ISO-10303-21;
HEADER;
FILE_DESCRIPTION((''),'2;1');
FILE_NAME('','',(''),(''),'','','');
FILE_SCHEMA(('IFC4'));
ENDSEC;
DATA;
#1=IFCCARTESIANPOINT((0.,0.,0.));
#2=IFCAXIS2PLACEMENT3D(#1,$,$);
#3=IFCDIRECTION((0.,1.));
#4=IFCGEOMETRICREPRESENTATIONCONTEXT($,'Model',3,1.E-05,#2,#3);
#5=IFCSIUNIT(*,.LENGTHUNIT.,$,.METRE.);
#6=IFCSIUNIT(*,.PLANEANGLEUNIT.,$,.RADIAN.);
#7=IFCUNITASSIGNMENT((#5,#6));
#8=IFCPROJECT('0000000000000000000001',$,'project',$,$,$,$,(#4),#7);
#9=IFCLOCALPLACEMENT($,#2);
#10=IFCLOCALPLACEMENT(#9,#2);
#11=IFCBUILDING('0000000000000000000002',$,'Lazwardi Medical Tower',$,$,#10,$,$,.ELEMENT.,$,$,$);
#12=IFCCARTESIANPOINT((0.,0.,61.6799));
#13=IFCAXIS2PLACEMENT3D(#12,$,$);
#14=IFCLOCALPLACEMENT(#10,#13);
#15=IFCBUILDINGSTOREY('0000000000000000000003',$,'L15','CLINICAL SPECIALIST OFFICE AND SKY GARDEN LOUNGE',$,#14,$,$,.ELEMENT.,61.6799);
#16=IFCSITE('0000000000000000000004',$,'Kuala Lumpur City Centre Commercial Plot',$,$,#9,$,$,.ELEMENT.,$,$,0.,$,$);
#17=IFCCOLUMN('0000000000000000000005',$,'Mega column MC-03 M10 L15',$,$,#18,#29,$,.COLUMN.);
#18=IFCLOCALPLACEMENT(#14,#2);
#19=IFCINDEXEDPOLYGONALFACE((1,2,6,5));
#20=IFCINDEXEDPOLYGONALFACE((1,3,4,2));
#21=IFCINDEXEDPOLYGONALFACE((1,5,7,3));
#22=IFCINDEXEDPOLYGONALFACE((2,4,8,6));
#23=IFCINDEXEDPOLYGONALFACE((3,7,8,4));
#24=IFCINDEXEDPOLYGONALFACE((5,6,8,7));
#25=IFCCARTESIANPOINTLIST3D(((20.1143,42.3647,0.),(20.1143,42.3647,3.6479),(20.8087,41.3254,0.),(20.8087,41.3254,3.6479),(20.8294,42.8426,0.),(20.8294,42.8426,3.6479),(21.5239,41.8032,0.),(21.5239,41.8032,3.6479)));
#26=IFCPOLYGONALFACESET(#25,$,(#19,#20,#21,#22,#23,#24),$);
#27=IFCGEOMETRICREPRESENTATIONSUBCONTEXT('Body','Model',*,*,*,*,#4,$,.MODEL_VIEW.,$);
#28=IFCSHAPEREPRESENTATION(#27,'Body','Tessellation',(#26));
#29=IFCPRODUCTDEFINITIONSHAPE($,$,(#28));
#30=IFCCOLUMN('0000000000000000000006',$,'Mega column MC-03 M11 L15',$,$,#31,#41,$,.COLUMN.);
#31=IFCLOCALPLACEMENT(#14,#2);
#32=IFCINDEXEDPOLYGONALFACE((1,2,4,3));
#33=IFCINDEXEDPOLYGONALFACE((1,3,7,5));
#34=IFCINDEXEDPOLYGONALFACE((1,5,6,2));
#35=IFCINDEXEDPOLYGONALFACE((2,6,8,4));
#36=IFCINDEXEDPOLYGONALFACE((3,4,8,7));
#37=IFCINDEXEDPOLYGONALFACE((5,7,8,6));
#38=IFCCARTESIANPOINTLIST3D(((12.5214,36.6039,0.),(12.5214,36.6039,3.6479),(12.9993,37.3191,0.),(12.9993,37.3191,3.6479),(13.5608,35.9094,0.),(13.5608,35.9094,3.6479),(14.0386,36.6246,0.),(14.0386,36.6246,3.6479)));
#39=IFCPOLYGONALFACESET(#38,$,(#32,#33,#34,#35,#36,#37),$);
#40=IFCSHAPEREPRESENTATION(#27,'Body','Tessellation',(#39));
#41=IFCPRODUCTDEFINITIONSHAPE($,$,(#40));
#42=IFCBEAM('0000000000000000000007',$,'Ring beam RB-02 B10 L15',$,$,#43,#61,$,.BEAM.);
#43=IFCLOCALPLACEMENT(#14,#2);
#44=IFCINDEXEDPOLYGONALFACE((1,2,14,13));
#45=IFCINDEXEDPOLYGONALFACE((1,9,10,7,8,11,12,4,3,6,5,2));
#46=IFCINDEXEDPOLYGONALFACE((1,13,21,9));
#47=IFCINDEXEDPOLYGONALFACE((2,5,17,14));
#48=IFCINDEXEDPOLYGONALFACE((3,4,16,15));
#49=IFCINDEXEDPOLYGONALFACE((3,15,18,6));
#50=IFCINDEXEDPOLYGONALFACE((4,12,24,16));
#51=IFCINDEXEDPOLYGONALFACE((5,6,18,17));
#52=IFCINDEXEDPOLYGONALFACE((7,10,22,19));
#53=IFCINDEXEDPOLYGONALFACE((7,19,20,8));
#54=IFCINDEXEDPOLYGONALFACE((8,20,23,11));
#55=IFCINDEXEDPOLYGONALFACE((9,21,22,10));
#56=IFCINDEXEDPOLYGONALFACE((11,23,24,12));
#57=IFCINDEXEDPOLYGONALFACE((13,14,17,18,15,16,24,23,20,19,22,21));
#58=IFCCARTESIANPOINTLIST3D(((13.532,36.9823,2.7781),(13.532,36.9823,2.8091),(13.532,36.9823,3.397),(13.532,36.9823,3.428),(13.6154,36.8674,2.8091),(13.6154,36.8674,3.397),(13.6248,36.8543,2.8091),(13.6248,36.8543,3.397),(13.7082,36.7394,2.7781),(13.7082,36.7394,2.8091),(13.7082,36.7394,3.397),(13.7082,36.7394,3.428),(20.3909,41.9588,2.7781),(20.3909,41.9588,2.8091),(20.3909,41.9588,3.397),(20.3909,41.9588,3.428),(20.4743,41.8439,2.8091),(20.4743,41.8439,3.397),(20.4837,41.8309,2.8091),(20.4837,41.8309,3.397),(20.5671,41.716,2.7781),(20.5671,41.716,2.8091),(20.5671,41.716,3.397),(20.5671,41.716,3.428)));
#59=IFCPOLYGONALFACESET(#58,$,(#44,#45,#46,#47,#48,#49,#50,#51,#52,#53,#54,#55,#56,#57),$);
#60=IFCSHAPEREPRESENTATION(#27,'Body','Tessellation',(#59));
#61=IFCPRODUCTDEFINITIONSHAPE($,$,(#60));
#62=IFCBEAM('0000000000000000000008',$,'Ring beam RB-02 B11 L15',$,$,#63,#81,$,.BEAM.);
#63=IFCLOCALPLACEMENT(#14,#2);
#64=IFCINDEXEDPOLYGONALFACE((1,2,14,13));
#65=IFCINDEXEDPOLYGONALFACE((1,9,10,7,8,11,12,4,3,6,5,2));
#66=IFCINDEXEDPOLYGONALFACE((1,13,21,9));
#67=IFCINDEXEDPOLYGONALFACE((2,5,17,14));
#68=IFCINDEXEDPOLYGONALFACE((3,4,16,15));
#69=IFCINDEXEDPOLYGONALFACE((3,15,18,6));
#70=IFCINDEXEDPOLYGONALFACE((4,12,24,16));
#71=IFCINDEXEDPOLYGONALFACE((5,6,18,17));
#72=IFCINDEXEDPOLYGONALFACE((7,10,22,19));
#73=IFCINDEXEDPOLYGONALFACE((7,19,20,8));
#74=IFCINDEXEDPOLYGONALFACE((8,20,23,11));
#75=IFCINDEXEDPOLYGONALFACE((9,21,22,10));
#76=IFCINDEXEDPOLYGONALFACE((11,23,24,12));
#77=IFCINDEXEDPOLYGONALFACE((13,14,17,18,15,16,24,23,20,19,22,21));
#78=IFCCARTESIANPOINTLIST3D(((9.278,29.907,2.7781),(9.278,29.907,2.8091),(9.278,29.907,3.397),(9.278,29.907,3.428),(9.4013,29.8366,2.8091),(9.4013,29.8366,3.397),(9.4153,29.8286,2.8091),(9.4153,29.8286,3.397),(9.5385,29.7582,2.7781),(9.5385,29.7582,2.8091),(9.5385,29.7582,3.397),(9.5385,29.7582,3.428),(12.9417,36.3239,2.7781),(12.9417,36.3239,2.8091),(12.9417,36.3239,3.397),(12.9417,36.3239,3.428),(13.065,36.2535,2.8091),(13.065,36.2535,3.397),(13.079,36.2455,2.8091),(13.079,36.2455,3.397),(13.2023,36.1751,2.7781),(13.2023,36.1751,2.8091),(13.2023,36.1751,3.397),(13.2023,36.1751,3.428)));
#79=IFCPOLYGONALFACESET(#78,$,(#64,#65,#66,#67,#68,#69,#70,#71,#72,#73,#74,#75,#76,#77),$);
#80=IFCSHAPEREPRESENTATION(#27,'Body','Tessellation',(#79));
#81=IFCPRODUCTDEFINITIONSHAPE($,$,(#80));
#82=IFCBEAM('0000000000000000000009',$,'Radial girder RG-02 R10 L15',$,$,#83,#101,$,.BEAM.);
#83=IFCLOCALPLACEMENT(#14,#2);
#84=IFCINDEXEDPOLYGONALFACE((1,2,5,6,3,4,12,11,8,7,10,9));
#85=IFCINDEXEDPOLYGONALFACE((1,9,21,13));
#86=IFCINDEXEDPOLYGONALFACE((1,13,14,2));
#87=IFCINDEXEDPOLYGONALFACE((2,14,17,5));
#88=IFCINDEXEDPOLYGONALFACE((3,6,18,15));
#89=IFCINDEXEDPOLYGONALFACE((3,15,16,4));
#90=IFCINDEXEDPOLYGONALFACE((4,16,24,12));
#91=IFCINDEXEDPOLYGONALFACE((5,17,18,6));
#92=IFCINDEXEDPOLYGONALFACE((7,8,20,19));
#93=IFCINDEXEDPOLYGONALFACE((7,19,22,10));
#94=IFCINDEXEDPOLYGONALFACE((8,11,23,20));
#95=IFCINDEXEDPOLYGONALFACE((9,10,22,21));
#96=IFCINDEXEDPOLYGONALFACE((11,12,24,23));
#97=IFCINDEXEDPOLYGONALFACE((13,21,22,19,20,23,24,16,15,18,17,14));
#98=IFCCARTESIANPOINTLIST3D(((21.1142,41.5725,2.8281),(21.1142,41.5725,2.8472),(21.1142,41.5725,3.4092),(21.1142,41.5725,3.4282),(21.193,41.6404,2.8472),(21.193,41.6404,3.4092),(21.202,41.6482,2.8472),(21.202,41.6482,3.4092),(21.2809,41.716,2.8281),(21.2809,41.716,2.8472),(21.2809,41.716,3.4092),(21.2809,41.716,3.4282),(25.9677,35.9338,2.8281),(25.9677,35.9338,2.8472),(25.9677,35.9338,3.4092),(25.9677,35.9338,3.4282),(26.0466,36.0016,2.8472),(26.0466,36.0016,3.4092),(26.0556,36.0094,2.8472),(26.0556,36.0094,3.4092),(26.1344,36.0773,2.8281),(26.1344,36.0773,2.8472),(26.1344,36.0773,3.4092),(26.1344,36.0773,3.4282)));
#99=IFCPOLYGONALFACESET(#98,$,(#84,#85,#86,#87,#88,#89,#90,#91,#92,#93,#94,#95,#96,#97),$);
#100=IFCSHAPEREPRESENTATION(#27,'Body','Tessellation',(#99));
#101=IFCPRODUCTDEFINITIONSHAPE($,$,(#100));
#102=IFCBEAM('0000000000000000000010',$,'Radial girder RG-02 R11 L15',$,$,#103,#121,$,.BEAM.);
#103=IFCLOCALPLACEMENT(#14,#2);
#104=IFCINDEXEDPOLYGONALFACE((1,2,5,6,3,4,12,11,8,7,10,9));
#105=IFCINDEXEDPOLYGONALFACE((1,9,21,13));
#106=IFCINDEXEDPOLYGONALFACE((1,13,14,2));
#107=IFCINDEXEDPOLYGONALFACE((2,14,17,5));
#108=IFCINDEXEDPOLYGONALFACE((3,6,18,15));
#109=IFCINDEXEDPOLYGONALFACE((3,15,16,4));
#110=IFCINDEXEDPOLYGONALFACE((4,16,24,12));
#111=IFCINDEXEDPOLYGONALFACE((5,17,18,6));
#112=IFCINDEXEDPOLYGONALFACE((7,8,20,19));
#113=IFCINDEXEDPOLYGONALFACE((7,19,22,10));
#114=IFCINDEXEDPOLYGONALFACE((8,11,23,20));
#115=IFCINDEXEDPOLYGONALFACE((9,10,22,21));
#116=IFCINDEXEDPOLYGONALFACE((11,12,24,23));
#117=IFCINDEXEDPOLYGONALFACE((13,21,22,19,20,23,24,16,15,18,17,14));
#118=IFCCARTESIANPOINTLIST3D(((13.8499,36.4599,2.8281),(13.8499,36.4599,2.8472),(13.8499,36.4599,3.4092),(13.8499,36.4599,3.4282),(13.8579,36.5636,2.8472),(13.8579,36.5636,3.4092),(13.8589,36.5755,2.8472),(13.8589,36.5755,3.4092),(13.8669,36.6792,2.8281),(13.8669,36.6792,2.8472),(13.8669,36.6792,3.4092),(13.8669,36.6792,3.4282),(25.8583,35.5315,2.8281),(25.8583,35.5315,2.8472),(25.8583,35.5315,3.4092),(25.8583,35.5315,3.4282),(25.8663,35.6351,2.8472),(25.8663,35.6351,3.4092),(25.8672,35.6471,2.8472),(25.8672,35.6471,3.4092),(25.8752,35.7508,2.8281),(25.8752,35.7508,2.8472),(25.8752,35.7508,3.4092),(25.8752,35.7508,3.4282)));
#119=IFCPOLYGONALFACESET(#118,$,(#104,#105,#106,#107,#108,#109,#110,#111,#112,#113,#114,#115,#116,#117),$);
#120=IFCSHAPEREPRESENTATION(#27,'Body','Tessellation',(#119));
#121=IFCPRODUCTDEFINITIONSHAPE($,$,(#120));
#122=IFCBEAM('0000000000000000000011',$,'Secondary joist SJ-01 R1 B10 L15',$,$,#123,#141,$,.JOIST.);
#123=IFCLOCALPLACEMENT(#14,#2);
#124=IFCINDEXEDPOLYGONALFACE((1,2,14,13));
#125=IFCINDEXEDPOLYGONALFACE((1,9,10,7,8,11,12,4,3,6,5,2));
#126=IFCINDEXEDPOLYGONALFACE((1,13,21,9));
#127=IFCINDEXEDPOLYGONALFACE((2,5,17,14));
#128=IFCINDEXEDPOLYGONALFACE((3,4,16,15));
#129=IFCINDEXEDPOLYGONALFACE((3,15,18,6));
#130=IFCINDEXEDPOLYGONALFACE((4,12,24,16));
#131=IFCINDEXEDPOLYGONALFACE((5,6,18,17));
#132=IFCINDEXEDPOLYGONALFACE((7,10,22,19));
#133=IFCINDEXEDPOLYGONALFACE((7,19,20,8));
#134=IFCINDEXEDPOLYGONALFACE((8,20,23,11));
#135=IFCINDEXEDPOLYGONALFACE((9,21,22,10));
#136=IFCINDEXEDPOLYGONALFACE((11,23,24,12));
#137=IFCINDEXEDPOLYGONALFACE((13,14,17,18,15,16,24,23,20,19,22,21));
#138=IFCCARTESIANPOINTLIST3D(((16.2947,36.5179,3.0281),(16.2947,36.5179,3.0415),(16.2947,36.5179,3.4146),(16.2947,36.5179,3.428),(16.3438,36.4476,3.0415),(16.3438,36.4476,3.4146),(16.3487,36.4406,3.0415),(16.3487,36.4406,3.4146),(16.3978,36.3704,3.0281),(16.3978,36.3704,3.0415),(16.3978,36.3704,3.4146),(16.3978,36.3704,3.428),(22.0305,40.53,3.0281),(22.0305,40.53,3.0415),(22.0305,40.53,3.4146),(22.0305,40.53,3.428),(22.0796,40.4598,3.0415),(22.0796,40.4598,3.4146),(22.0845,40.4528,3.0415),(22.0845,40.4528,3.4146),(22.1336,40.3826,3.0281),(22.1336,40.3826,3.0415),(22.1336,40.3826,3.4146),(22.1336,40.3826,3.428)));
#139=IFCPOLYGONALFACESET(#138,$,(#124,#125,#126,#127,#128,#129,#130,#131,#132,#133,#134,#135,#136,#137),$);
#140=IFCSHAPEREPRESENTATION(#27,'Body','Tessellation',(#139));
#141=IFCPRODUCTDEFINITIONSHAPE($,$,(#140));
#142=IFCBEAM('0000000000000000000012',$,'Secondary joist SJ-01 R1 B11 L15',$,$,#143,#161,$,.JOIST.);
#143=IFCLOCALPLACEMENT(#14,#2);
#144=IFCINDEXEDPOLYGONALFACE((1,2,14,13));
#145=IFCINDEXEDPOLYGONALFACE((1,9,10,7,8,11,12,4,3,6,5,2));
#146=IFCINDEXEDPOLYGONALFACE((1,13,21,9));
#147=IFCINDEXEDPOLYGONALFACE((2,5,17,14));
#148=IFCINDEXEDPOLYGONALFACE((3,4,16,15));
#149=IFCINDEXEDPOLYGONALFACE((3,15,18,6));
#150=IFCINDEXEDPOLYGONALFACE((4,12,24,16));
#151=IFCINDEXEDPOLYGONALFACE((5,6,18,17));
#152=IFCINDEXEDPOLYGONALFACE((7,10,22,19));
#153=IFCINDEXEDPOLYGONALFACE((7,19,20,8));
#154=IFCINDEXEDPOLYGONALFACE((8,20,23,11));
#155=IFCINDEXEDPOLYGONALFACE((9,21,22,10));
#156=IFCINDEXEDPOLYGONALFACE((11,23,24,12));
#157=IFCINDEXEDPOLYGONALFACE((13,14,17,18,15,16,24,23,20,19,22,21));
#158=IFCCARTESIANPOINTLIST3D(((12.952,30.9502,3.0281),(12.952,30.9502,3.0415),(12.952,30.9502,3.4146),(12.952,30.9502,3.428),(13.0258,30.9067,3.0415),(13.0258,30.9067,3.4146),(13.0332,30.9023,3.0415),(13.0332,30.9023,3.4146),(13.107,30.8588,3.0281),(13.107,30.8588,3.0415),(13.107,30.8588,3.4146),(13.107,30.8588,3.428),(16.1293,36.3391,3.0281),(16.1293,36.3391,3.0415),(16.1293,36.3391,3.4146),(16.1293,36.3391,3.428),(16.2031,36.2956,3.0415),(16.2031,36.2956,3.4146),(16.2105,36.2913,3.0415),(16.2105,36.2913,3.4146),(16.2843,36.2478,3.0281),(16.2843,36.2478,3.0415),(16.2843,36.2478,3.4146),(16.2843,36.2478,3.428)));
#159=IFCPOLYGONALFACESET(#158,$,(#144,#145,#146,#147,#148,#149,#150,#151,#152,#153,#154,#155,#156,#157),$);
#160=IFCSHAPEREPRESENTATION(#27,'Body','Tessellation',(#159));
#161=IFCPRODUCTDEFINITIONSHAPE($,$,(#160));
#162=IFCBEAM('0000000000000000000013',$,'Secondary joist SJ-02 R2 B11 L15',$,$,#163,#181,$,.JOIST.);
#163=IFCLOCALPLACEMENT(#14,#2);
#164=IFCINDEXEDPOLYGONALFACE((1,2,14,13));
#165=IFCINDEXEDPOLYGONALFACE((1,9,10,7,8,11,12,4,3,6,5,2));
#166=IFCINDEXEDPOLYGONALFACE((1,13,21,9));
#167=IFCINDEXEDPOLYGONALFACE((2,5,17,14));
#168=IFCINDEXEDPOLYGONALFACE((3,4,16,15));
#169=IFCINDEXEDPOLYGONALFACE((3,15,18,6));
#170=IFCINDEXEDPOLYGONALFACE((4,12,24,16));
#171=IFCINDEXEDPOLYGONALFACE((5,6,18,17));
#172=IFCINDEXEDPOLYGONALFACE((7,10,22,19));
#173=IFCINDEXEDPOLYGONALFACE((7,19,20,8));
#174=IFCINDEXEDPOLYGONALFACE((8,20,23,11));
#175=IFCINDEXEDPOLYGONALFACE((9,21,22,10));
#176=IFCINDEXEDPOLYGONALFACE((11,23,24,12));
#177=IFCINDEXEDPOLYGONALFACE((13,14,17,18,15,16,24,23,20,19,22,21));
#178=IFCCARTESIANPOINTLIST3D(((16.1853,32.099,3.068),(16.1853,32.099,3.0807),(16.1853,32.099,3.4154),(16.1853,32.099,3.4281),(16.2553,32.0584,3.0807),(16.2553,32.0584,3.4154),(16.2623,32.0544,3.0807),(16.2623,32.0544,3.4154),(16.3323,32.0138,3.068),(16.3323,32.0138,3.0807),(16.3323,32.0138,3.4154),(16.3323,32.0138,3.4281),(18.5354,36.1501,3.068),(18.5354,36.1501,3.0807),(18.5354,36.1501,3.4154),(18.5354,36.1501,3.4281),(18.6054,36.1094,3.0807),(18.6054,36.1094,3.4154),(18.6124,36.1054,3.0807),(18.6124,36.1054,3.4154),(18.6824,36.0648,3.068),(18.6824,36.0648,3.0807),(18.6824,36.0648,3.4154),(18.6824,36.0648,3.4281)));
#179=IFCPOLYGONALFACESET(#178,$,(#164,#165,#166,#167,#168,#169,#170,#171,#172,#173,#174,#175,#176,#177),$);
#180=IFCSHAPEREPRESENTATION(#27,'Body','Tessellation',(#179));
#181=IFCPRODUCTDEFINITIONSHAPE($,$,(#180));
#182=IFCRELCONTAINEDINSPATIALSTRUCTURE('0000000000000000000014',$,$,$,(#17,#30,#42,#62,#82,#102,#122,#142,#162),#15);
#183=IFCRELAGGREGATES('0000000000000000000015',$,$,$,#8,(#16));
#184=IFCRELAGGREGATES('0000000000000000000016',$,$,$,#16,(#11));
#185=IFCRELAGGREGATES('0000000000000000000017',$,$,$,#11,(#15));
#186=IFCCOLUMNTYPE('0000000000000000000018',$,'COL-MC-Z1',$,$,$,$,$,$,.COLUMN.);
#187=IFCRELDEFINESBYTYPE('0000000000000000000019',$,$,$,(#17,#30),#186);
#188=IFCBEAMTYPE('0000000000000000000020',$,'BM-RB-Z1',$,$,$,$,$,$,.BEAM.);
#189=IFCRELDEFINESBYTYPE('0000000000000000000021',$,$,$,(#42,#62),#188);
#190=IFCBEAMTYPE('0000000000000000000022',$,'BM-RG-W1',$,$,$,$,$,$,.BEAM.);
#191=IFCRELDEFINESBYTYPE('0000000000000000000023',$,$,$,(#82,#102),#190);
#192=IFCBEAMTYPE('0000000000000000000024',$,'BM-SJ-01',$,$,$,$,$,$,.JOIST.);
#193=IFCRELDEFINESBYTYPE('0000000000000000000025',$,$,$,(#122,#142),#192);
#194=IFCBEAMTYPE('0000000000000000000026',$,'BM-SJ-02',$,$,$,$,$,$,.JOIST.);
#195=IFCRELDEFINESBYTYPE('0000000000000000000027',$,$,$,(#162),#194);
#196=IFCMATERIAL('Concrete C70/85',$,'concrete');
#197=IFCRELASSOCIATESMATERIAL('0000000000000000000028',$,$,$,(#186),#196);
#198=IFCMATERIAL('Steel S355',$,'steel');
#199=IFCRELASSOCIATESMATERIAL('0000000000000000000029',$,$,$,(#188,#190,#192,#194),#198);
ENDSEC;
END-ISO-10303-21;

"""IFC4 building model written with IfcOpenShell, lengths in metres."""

from ifc_helpers import new_model, si_unit, direction, frame, origin, origin_2d, place, context, subcontext, project, spatial, rectangle, i_section, extrude, material, material_profile, profile_set, type_object, element, save


model = new_model("IFC4")

# Units and contexts
model_context = context("Model", 3, precision=1e-05, world=origin(), true_north=direction((0.0, 1.0)))
body_context = subcontext(model_context, "Body", "Model", "MODEL_VIEW")
ifc_project = project(units=[si_unit("LENGTHUNIT", "METRE"), si_unit("PLANEANGLEUNIT", "RADIAN")], contexts=[model_context])

# Site, building, storey
site_placement = place(None, origin())
site = spatial("IfcSite", under=ifc_project, at=site_placement, Name="Kuala Lumpur City Centre Commercial Plot", CompositionType="ELEMENT", RefElevation=0.0)
building_placement = place(site_placement, origin())
building = spatial("IfcBuilding", under=site, at=building_placement, Name="Lazwardi Medical Tower", CompositionType="ELEMENT")
storey_placement = place(building_placement, frame((0.0, 0.0, 61.6799)))
storey = spatial("IfcBuildingStorey", under=building, at=storey_placement, Name="L15", Description="CLINICAL SPECIALIST OFFICE AND SKY GARDEN LOUNGE", CompositionType="ELEMENT", Elevation=61.6799)

# Columns
ifc_material_1 = material(Name="Concrete C70/85", Category="concrete")
ifc_material_profile_1 = material_profile(ifc_material_1, rectangle(XDim=1.25, YDim=0.8601, at=origin_2d()), Name="CFT-RECT 1250x860")
ifc_profile_set_1 = profile_set([ifc_material_profile_1], Name="Concrete C70/85")
column_type = type_object("IfcColumnType", Name="COL-MC-Z1", PredefinedType="COLUMN", material=ifc_profile_set_1)
for number, where, z_axis, x_axis, name in (
    (1, (20.8191, 42.084, 0.0), (0.0, 0.0, 1.0), (-0.55557, 0.83147, 0.0), "Mega column MC-03 M10 L15"),
    (2, (13.28, 36.6143, 0.0), (0.0, 0.0, 1.0), (-0.83147, 0.55557, 0.0), "Mega column MC-03 M11 L15"),
):
    element("IfcColumn", number, at=place(storey_placement, frame(where, z_axis=z_axis, x_axis=x_axis)), inside=storey, type_object=column_type, Name=name, PredefinedType="COLUMN", context=body_context, shape_type="SweptSolid", body=[
        extrude(rectangle(XDim=1.25, YDim=0.8601, at=origin_2d()), origin(), (0.0, 0.0, 1.0), 3.6479),
    ])

# Beams
ifc_material_2 = material(Name="Steel S355", Category="steel")
ifc_material_profile_2 = material_profile(ifc_material_2, i_section(OverallWidth=0.3, OverallDepth=0.6499, WebThickness=0.0161, FlangeThickness=0.031, at=origin_2d()), Name="HEB 650")
ifc_profile_set_2 = profile_set([ifc_material_profile_2], Name="Steel S355")
beam_type_1 = type_object("IfcBeamType", Name="BM-RB-Z1", PredefinedType="BEAM", material=ifc_profile_set_2)
beam_1_placement = place(storey_placement, frame((20.479, 41.8374, 3.103), z_axis=(-0.809393, -0.587267, 0.0), x_axis=(0.587267, -0.809393, 0.0)))
element("IfcBeam", 3, at=beam_1_placement, inside=storey, type_object=beam_type_1, Name="Ring beam RB-02 B10 L15", PredefinedType="BEAM", context=body_context, shape_type="SweptSolid", body=[
    extrude(i_section(OverallWidth=0.3, OverallDepth=0.6499, WebThickness=0.0161, FlangeThickness=0.031, at=origin_2d()), origin(), (0.0, 0.0, 1.0), 8.4741),
])
beam_2_placement = place(storey_placement, frame((13.072, 36.2495, 3.103), z_axis=(-0.495829, -0.86842, 0.0), x_axis=(0.86842, -0.495829, 0.0)))
element("IfcBeam", 4, at=beam_2_placement, inside=storey, type_object=beam_type_1, Name="Ring beam RB-02 B11 L15", PredefinedType="BEAM", context=body_context, shape_type="SweptSolid", body=[
    extrude(i_section(OverallWidth=0.3, OverallDepth=0.6499, WebThickness=0.0161, FlangeThickness=0.031, at=origin_2d()), origin(), (0.0, 0.0, 1.0), 7.3892),
])
ifc_material_profile_3 = material_profile(ifc_material_2, i_section(OverallWidth=0.22, OverallDepth=0.6001, WebThickness=0.012, FlangeThickness=0.019, at=origin_2d()), Name="IPE 600")
ifc_profile_set_3 = profile_set([ifc_material_profile_3], Name="Steel S355")
beam_type_2 = type_object("IfcBeamType", Name="BM-RG-W1", PredefinedType="BEAM", material=ifc_profile_set_3)
beam_3_placement = place(storey_placement, frame((21.1975, 41.6443, 3.1282), z_axis=(0.652368, -0.757902, 0.0), x_axis=(0.757902, 0.652368, 0.0)))
element("IfcBeam", 5, at=beam_3_placement, inside=storey, type_object=beam_type_2, Name="Radial girder RG-02 R10 L15", PredefinedType="BEAM", context=body_context, shape_type="SweptSolid", body=[
    extrude(i_section(OverallWidth=0.22, OverallDepth=0.6001, WebThickness=0.012, FlangeThickness=0.019, at=origin_2d()), origin(), (0.0, 0.0, 1.0), 7.4399),
])
beam_4_placement = place(storey_placement, frame((13.8584, 36.5696, 3.1282), z_axis=(0.997024, -0.077089, 0.0), x_axis=(0.077089, 0.997024, 0.0)))
element("IfcBeam", 6, at=beam_4_placement, inside=storey, type_object=beam_type_2, Name="Radial girder RG-02 R11 L15", PredefinedType="BEAM", context=body_context, shape_type="SweptSolid", body=[
    extrude(i_section(OverallWidth=0.22, OverallDepth=0.6001, WebThickness=0.012, FlangeThickness=0.019, at=origin_2d()), origin(), (0.0, 0.0, 1.0), 12.0442),
])
ifc_material_profile_4 = material_profile(ifc_material_2, i_section(OverallWidth=0.1799, OverallDepth=0.3999, WebThickness=0.0085, FlangeThickness=0.0134, at=origin_2d()), Name="IPE 400")
ifc_profile_set_4 = profile_set([ifc_material_profile_4], Name="Steel S355")
beam_type_3 = type_object("IfcBeamType", Name="BM-SJ-01", PredefinedType="JOIST", material=ifc_profile_set_4)
beam_5_placement = place(storey_placement, frame((22.082, 40.4563, 3.228), z_axis=(-0.819425, -0.573186, 0.0), x_axis=(0.573186, -0.819425, 0.0)))
element("IfcBeam", 7, at=beam_5_placement, inside=storey, type_object=beam_type_3, Name="Secondary joist SJ-01 R1 B10 L15", PredefinedType="JOIST", context=body_context, shape_type="SweptSolid", body=[
    extrude(i_section(OverallWidth=0.1799, OverallDepth=0.3999, WebThickness=0.0085, FlangeThickness=0.0134, at=origin_2d()), origin(), (0.0, 0.0, 1.0), 6.9998),
])
beam_6_placement = place(storey_placement, frame((16.2068, 36.2935, 3.228), z_axis=(-0.507886, -0.861424, 0.0), x_axis=(0.861424, -0.507886, 0.0)))
element("IfcBeam", 8, at=beam_6_placement, inside=storey, type_object=beam_type_3, Name="Secondary joist SJ-01 R1 B11 L15", PredefinedType="JOIST", context=body_context, shape_type="SweptSolid", body=[
    extrude(i_section(OverallWidth=0.1799, OverallDepth=0.3999, WebThickness=0.0085, FlangeThickness=0.0134, at=origin_2d()), origin(), (0.0, 0.0, 1.0), 6.2559),
])
ifc_material_profile_5 = material_profile(ifc_material_2, i_section(OverallWidth=0.1699, OverallDepth=0.3601, WebThickness=0.0081, FlangeThickness=0.0127, at=origin_2d()), Name="IPE 360")
ifc_profile_set_5 = profile_set([ifc_material_profile_5], Name="Steel S355")
beam_type_4 = type_object("IfcBeamType", Name="BM-SJ-02", PredefinedType="JOIST", material=ifc_profile_set_5)
beam_7_placement = place(storey_placement, frame((18.6089, 36.1074, 3.248), z_axis=(-0.501798, -0.864985, 0.0), x_axis=(0.864985, -0.501798, 0.0)))
element("IfcBeam", 9, at=beam_7_placement, inside=storey, type_object=beam_type_4, Name="Secondary joist SJ-02 R2 B11 L15", PredefinedType="JOIST", context=body_context, shape_type="SweptSolid", body=[
    extrude(i_section(OverallWidth=0.1699, OverallDepth=0.3601, WebThickness=0.0081, FlangeThickness=0.0127, at=origin_2d()), origin(), (0.0, 0.0, 1.0), 4.6833),
])

save(model, "model.ifc")
